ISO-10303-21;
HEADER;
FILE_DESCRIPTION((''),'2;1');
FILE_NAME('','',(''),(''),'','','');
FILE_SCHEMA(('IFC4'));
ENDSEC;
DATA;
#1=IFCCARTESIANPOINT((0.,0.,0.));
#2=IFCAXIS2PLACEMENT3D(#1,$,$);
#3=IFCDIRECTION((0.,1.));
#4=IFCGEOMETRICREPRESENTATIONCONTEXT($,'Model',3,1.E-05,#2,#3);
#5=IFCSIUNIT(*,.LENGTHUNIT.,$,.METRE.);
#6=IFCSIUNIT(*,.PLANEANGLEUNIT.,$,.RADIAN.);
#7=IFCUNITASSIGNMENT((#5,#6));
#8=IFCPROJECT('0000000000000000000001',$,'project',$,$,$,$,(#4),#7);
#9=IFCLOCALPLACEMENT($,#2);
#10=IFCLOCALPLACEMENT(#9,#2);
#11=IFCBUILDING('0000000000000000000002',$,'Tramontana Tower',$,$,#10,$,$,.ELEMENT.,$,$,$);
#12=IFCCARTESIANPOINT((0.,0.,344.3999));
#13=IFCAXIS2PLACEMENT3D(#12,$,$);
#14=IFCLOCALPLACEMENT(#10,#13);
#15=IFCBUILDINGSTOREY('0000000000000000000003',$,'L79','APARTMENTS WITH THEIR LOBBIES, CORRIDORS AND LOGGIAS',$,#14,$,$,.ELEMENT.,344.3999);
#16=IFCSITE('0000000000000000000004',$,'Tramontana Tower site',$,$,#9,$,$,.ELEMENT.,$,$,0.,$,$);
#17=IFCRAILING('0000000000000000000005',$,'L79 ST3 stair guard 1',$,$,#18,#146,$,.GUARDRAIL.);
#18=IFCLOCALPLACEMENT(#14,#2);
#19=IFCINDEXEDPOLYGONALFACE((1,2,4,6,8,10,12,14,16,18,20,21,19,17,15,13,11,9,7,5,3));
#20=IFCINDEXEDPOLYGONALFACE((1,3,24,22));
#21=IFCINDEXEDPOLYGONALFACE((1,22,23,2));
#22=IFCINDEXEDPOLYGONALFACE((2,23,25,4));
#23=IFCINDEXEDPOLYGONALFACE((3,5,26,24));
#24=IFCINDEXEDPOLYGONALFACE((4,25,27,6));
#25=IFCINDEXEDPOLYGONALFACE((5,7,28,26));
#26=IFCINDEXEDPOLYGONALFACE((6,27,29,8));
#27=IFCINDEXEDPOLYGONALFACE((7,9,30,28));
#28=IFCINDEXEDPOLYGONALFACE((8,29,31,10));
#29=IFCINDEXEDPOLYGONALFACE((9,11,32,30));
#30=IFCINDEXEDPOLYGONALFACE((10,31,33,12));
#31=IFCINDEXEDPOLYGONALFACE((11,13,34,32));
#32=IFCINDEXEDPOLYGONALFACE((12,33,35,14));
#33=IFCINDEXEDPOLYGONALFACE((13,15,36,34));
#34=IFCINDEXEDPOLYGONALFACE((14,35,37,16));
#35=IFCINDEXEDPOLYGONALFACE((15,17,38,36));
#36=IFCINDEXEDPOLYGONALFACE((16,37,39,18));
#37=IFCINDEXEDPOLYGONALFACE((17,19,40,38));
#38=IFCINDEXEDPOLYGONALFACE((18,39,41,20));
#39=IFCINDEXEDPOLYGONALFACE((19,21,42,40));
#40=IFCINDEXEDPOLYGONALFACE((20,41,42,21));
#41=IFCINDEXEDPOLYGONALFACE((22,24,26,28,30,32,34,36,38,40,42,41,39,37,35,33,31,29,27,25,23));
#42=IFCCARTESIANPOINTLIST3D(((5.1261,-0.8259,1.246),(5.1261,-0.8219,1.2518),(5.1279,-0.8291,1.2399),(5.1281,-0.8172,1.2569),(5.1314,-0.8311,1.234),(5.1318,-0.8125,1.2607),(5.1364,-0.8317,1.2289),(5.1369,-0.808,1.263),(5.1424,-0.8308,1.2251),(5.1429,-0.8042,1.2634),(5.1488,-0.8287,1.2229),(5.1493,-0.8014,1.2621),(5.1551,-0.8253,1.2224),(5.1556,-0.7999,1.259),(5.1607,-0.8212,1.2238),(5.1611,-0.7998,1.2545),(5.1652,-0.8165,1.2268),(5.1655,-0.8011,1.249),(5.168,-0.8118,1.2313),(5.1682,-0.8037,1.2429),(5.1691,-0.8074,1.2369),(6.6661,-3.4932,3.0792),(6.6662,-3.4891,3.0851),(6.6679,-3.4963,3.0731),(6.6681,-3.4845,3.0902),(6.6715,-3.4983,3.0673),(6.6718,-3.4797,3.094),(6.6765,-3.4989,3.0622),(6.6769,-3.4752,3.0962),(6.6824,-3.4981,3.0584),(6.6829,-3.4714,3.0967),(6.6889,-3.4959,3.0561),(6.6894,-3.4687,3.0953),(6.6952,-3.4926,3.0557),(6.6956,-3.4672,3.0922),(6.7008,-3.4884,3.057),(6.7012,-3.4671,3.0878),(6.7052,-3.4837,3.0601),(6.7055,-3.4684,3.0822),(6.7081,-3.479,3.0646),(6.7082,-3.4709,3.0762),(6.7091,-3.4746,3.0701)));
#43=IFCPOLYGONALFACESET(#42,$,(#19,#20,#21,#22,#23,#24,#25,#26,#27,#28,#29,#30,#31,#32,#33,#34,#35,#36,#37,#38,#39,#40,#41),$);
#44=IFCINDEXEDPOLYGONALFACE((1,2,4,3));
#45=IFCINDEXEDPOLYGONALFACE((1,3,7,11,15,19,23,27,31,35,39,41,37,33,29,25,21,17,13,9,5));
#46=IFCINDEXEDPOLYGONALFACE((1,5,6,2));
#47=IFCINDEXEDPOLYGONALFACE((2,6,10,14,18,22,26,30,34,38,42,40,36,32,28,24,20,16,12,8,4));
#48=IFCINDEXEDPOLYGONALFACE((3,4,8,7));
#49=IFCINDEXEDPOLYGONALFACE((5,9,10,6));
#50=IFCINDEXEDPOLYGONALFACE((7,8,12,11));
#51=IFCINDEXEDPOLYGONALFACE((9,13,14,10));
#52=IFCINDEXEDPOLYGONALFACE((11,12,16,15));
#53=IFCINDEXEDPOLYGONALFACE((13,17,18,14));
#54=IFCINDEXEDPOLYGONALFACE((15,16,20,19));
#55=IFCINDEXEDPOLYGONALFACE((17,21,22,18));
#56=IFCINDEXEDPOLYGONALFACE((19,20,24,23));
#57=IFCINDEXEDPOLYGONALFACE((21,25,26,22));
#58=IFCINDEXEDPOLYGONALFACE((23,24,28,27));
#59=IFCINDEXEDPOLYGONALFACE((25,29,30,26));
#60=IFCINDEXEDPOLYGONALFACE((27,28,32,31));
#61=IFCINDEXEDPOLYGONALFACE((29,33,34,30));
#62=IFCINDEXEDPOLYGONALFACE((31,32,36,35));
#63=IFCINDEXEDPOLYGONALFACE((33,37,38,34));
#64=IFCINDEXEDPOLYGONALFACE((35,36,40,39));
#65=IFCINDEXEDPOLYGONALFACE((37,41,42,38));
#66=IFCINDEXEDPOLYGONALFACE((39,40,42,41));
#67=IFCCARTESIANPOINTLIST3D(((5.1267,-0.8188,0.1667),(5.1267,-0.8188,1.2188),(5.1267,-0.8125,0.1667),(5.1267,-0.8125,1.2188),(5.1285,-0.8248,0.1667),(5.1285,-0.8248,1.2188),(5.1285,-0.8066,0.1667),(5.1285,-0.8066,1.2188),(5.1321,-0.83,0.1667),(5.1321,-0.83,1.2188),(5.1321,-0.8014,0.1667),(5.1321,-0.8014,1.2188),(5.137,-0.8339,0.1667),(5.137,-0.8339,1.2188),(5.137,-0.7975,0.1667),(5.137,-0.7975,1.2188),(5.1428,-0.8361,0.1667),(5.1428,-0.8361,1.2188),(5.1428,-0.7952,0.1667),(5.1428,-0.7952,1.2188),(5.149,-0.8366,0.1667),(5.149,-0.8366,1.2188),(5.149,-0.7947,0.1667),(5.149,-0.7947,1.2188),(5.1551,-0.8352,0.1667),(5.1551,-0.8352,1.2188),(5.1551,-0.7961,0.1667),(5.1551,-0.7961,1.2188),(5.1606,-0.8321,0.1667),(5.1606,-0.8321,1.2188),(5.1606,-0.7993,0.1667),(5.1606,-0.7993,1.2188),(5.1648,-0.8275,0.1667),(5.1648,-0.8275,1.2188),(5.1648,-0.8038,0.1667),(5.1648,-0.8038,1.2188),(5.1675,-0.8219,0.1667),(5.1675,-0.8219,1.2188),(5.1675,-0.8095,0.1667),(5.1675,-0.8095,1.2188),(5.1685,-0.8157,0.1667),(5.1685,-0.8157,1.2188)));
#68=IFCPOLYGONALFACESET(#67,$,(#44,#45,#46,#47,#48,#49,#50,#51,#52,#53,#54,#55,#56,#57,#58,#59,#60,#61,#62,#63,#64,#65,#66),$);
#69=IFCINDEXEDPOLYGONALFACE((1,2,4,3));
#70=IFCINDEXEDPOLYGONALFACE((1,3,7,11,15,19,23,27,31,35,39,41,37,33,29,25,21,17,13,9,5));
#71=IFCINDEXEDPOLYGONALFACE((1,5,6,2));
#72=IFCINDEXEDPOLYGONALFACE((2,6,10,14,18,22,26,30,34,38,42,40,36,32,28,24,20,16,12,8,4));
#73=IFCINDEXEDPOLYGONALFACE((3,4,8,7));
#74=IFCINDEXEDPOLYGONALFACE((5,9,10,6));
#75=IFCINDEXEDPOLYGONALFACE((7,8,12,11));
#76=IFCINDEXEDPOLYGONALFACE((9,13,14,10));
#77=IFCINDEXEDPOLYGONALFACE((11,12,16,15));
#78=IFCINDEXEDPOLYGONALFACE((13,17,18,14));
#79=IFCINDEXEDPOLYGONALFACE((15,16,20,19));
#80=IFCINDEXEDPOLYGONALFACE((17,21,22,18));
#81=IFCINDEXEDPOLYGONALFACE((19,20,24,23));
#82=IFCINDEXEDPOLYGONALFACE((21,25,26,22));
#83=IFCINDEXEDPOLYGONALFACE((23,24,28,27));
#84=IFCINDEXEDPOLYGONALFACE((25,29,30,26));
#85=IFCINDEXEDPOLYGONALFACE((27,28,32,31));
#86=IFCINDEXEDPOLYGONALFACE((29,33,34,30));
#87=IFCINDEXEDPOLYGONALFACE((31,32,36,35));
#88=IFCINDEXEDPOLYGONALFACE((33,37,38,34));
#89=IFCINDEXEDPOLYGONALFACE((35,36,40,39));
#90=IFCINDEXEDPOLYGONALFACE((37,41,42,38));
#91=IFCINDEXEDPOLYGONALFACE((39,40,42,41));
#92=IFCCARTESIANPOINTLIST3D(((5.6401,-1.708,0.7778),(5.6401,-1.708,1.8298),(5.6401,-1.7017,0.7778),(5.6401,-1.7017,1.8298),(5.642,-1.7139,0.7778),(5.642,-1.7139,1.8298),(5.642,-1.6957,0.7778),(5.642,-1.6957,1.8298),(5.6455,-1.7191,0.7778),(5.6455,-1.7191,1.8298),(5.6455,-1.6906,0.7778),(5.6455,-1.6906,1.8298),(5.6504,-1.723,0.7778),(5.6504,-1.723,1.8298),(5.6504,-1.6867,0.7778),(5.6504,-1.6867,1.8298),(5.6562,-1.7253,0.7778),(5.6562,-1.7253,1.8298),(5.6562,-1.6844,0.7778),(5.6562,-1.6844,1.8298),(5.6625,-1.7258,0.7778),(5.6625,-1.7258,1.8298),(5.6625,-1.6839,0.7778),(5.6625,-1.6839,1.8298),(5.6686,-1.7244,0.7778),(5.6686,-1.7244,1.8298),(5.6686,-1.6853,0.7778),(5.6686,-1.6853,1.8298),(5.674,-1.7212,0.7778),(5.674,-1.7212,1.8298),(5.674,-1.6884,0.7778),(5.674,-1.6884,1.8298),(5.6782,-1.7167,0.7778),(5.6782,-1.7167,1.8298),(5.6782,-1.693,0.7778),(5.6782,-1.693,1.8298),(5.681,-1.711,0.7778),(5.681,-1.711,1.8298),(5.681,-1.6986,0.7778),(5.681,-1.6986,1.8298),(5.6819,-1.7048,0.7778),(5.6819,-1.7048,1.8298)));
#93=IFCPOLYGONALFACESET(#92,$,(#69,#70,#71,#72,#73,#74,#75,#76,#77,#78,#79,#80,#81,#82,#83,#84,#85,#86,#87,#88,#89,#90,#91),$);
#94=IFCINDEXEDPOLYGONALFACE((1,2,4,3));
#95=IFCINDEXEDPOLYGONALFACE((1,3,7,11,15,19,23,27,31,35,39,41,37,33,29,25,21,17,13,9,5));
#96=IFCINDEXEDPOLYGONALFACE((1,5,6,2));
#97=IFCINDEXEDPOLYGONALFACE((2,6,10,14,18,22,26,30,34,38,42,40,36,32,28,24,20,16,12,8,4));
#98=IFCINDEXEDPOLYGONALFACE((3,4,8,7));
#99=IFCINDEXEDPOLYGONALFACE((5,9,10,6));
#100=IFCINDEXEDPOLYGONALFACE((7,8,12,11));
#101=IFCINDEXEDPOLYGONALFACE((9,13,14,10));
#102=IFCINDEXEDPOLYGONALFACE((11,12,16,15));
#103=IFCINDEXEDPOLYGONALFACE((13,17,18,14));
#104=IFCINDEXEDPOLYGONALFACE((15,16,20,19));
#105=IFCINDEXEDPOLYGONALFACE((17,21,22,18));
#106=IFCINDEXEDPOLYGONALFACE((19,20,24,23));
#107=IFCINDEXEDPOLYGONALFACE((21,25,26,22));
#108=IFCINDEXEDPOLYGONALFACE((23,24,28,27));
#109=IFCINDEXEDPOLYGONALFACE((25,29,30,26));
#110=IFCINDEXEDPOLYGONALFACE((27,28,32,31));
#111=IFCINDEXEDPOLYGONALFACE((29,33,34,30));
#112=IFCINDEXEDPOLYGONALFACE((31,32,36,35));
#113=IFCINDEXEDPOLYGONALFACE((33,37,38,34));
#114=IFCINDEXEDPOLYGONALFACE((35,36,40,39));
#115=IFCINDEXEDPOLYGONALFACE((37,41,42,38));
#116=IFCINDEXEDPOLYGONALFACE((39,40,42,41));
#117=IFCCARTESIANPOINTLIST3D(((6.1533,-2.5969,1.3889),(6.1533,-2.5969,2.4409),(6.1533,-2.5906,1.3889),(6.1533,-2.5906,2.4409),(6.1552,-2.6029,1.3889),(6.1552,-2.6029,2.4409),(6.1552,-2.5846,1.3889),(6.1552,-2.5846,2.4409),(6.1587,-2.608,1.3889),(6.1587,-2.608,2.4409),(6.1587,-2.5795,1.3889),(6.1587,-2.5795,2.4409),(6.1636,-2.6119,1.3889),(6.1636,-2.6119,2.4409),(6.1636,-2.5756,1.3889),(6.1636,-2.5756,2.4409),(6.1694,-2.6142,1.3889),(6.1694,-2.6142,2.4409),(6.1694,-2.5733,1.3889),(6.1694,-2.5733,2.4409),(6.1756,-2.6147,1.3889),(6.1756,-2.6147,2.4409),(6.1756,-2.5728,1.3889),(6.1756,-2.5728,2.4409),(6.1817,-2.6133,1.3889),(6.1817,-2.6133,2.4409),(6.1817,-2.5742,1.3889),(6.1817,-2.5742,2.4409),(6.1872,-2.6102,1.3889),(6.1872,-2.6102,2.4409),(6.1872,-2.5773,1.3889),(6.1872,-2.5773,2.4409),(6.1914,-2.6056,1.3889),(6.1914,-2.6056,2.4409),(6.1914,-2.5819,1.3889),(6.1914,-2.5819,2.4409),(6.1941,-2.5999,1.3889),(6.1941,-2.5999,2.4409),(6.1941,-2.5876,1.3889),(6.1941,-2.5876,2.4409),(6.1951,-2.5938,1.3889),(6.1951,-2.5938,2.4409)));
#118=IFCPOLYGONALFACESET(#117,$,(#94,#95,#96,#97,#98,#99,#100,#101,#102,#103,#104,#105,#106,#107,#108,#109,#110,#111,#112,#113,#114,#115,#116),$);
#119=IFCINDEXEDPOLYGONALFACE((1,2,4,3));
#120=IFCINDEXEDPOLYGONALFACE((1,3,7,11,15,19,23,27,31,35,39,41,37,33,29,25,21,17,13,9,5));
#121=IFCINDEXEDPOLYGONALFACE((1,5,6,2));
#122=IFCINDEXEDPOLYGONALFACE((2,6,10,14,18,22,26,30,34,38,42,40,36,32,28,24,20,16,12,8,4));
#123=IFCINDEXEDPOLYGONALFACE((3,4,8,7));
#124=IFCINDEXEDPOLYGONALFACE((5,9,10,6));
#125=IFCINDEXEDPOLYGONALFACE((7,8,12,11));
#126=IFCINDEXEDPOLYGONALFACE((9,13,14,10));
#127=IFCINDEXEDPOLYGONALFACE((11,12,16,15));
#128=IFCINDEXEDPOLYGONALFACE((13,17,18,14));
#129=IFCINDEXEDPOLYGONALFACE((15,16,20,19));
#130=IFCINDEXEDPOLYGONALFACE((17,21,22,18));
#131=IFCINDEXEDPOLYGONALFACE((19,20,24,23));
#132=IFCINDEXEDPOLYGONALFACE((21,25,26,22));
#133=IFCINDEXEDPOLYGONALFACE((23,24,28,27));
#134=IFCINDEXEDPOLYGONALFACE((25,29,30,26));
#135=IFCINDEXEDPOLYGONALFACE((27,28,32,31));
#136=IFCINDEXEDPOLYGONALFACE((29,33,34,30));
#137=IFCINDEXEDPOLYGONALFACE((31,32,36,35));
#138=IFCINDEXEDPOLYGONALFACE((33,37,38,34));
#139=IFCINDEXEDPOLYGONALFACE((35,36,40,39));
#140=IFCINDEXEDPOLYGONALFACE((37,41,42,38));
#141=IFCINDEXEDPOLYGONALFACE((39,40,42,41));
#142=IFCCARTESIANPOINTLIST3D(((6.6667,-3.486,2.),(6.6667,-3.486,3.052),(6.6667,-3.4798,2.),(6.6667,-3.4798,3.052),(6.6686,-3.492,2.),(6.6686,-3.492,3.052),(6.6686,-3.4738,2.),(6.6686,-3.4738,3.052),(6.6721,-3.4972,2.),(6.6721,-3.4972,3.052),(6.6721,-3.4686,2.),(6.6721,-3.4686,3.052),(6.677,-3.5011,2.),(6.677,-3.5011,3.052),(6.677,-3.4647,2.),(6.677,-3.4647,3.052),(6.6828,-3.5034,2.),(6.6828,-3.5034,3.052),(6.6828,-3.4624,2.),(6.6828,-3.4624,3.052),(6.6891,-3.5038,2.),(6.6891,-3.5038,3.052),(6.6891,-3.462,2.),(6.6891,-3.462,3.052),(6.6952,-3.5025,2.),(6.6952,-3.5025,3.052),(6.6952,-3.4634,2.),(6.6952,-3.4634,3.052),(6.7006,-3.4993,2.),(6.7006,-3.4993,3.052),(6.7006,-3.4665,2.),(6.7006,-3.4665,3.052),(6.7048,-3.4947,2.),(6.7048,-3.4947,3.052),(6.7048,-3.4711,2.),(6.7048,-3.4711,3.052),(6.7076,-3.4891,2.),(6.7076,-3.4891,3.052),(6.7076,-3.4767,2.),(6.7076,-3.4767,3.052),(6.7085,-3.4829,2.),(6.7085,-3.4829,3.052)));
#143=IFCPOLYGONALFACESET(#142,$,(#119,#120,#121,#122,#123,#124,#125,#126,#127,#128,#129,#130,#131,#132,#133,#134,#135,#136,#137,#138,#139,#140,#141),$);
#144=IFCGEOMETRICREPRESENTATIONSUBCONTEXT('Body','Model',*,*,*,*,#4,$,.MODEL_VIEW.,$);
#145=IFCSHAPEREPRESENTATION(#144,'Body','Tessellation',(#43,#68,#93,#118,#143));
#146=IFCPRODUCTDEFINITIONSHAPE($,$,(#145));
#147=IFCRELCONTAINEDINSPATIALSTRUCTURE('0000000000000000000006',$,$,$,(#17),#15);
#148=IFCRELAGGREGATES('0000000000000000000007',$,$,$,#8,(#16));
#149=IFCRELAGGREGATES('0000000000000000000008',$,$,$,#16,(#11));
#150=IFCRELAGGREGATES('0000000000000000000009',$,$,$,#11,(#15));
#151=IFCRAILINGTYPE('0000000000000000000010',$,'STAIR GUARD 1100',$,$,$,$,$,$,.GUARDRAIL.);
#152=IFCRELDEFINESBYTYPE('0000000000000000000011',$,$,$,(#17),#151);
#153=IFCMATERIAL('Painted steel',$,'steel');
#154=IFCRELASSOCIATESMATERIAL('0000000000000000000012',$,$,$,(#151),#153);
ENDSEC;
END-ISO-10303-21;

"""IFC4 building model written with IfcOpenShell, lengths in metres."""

from ifc_helpers import new_model, si_unit, direction, frame, origin, origin_2d, place, context, subcontext, project, spatial, circle, extrude, material, type_object, element, save


model = new_model("IFC4")

# Units and contexts
model_context = context("Model", 3, precision=1e-05, world=origin(), true_north=direction((0.0, 1.0)))
body_context = subcontext(model_context, "Body", "Model", "MODEL_VIEW")
ifc_project = project(units=[si_unit("LENGTHUNIT", "METRE"), si_unit("PLANEANGLEUNIT", "RADIAN")], contexts=[model_context])

# Site, building, storey
site_placement = place(None, origin())
site = spatial("IfcSite", under=ifc_project, at=site_placement, Name="Tramontana Tower site", CompositionType="ELEMENT", RefElevation=0.0)
building_placement = place(site_placement, origin())
building = spatial("IfcBuilding", under=site, at=building_placement, Name="Tramontana Tower", CompositionType="ELEMENT")
storey_placement = place(building_placement, frame((0.0, 0.0, 344.3999)))
storey = spatial("IfcBuildingStorey", under=building, at=storey_placement, Name="L79", Description="APARTMENTS WITH THEIR LOBBIES, CORRIDORS AND LOGGIAS", CompositionType="ELEMENT", Elevation=344.3999)

# Railing
ifc_material_1 = material(Name="Painted steel", Category="steel")
railing_type_1 = type_object("IfcRailingType", Name="STAIR GUARD 1100", PredefinedType="GUARDRAIL", material=ifc_material_1)
railing_1_placement = place(storey_placement, frame((5.1475, -0.8157, 0.1667)))
element("IfcRailing", 1, at=railing_1_placement, inside=storey, type_object=railing_type_1, Name="L79 ST3 stair guard 1", PredefinedType="GUARDRAIL", context=body_context, shape_type="SweptSolid", body=[
    extrude(circle(Radius=0.0239, at=origin_2d()), frame((0.0, 0.0, 1.0762), z_axis=(0.429671, -0.744159, 0.511478), x_axis=(0.86601, 0.500027, 0.0)), (0.0, 0.0, 1.0), 3.5842),
    extrude(circle(Radius=0.021, at=origin_2d()), origin(), (0.0, 0.0, 1.0), 1.052),
    extrude(circle(Radius=0.021, at=origin_2d()), frame((0.5134, -0.8892, 0.6111)), (0.0, 0.0, 1.0), 1.052),
    extrude(circle(Radius=0.021, at=origin_2d()), frame((1.0266, -1.7781, 1.2222)), (0.0, 0.0, 1.0), 1.052),
    extrude(circle(Radius=0.021, at=origin_2d()), frame((1.54, -2.6672, 1.8333)), (0.0, 0.0, 1.0), 1.052),
])

save(model, "model.ifc")
